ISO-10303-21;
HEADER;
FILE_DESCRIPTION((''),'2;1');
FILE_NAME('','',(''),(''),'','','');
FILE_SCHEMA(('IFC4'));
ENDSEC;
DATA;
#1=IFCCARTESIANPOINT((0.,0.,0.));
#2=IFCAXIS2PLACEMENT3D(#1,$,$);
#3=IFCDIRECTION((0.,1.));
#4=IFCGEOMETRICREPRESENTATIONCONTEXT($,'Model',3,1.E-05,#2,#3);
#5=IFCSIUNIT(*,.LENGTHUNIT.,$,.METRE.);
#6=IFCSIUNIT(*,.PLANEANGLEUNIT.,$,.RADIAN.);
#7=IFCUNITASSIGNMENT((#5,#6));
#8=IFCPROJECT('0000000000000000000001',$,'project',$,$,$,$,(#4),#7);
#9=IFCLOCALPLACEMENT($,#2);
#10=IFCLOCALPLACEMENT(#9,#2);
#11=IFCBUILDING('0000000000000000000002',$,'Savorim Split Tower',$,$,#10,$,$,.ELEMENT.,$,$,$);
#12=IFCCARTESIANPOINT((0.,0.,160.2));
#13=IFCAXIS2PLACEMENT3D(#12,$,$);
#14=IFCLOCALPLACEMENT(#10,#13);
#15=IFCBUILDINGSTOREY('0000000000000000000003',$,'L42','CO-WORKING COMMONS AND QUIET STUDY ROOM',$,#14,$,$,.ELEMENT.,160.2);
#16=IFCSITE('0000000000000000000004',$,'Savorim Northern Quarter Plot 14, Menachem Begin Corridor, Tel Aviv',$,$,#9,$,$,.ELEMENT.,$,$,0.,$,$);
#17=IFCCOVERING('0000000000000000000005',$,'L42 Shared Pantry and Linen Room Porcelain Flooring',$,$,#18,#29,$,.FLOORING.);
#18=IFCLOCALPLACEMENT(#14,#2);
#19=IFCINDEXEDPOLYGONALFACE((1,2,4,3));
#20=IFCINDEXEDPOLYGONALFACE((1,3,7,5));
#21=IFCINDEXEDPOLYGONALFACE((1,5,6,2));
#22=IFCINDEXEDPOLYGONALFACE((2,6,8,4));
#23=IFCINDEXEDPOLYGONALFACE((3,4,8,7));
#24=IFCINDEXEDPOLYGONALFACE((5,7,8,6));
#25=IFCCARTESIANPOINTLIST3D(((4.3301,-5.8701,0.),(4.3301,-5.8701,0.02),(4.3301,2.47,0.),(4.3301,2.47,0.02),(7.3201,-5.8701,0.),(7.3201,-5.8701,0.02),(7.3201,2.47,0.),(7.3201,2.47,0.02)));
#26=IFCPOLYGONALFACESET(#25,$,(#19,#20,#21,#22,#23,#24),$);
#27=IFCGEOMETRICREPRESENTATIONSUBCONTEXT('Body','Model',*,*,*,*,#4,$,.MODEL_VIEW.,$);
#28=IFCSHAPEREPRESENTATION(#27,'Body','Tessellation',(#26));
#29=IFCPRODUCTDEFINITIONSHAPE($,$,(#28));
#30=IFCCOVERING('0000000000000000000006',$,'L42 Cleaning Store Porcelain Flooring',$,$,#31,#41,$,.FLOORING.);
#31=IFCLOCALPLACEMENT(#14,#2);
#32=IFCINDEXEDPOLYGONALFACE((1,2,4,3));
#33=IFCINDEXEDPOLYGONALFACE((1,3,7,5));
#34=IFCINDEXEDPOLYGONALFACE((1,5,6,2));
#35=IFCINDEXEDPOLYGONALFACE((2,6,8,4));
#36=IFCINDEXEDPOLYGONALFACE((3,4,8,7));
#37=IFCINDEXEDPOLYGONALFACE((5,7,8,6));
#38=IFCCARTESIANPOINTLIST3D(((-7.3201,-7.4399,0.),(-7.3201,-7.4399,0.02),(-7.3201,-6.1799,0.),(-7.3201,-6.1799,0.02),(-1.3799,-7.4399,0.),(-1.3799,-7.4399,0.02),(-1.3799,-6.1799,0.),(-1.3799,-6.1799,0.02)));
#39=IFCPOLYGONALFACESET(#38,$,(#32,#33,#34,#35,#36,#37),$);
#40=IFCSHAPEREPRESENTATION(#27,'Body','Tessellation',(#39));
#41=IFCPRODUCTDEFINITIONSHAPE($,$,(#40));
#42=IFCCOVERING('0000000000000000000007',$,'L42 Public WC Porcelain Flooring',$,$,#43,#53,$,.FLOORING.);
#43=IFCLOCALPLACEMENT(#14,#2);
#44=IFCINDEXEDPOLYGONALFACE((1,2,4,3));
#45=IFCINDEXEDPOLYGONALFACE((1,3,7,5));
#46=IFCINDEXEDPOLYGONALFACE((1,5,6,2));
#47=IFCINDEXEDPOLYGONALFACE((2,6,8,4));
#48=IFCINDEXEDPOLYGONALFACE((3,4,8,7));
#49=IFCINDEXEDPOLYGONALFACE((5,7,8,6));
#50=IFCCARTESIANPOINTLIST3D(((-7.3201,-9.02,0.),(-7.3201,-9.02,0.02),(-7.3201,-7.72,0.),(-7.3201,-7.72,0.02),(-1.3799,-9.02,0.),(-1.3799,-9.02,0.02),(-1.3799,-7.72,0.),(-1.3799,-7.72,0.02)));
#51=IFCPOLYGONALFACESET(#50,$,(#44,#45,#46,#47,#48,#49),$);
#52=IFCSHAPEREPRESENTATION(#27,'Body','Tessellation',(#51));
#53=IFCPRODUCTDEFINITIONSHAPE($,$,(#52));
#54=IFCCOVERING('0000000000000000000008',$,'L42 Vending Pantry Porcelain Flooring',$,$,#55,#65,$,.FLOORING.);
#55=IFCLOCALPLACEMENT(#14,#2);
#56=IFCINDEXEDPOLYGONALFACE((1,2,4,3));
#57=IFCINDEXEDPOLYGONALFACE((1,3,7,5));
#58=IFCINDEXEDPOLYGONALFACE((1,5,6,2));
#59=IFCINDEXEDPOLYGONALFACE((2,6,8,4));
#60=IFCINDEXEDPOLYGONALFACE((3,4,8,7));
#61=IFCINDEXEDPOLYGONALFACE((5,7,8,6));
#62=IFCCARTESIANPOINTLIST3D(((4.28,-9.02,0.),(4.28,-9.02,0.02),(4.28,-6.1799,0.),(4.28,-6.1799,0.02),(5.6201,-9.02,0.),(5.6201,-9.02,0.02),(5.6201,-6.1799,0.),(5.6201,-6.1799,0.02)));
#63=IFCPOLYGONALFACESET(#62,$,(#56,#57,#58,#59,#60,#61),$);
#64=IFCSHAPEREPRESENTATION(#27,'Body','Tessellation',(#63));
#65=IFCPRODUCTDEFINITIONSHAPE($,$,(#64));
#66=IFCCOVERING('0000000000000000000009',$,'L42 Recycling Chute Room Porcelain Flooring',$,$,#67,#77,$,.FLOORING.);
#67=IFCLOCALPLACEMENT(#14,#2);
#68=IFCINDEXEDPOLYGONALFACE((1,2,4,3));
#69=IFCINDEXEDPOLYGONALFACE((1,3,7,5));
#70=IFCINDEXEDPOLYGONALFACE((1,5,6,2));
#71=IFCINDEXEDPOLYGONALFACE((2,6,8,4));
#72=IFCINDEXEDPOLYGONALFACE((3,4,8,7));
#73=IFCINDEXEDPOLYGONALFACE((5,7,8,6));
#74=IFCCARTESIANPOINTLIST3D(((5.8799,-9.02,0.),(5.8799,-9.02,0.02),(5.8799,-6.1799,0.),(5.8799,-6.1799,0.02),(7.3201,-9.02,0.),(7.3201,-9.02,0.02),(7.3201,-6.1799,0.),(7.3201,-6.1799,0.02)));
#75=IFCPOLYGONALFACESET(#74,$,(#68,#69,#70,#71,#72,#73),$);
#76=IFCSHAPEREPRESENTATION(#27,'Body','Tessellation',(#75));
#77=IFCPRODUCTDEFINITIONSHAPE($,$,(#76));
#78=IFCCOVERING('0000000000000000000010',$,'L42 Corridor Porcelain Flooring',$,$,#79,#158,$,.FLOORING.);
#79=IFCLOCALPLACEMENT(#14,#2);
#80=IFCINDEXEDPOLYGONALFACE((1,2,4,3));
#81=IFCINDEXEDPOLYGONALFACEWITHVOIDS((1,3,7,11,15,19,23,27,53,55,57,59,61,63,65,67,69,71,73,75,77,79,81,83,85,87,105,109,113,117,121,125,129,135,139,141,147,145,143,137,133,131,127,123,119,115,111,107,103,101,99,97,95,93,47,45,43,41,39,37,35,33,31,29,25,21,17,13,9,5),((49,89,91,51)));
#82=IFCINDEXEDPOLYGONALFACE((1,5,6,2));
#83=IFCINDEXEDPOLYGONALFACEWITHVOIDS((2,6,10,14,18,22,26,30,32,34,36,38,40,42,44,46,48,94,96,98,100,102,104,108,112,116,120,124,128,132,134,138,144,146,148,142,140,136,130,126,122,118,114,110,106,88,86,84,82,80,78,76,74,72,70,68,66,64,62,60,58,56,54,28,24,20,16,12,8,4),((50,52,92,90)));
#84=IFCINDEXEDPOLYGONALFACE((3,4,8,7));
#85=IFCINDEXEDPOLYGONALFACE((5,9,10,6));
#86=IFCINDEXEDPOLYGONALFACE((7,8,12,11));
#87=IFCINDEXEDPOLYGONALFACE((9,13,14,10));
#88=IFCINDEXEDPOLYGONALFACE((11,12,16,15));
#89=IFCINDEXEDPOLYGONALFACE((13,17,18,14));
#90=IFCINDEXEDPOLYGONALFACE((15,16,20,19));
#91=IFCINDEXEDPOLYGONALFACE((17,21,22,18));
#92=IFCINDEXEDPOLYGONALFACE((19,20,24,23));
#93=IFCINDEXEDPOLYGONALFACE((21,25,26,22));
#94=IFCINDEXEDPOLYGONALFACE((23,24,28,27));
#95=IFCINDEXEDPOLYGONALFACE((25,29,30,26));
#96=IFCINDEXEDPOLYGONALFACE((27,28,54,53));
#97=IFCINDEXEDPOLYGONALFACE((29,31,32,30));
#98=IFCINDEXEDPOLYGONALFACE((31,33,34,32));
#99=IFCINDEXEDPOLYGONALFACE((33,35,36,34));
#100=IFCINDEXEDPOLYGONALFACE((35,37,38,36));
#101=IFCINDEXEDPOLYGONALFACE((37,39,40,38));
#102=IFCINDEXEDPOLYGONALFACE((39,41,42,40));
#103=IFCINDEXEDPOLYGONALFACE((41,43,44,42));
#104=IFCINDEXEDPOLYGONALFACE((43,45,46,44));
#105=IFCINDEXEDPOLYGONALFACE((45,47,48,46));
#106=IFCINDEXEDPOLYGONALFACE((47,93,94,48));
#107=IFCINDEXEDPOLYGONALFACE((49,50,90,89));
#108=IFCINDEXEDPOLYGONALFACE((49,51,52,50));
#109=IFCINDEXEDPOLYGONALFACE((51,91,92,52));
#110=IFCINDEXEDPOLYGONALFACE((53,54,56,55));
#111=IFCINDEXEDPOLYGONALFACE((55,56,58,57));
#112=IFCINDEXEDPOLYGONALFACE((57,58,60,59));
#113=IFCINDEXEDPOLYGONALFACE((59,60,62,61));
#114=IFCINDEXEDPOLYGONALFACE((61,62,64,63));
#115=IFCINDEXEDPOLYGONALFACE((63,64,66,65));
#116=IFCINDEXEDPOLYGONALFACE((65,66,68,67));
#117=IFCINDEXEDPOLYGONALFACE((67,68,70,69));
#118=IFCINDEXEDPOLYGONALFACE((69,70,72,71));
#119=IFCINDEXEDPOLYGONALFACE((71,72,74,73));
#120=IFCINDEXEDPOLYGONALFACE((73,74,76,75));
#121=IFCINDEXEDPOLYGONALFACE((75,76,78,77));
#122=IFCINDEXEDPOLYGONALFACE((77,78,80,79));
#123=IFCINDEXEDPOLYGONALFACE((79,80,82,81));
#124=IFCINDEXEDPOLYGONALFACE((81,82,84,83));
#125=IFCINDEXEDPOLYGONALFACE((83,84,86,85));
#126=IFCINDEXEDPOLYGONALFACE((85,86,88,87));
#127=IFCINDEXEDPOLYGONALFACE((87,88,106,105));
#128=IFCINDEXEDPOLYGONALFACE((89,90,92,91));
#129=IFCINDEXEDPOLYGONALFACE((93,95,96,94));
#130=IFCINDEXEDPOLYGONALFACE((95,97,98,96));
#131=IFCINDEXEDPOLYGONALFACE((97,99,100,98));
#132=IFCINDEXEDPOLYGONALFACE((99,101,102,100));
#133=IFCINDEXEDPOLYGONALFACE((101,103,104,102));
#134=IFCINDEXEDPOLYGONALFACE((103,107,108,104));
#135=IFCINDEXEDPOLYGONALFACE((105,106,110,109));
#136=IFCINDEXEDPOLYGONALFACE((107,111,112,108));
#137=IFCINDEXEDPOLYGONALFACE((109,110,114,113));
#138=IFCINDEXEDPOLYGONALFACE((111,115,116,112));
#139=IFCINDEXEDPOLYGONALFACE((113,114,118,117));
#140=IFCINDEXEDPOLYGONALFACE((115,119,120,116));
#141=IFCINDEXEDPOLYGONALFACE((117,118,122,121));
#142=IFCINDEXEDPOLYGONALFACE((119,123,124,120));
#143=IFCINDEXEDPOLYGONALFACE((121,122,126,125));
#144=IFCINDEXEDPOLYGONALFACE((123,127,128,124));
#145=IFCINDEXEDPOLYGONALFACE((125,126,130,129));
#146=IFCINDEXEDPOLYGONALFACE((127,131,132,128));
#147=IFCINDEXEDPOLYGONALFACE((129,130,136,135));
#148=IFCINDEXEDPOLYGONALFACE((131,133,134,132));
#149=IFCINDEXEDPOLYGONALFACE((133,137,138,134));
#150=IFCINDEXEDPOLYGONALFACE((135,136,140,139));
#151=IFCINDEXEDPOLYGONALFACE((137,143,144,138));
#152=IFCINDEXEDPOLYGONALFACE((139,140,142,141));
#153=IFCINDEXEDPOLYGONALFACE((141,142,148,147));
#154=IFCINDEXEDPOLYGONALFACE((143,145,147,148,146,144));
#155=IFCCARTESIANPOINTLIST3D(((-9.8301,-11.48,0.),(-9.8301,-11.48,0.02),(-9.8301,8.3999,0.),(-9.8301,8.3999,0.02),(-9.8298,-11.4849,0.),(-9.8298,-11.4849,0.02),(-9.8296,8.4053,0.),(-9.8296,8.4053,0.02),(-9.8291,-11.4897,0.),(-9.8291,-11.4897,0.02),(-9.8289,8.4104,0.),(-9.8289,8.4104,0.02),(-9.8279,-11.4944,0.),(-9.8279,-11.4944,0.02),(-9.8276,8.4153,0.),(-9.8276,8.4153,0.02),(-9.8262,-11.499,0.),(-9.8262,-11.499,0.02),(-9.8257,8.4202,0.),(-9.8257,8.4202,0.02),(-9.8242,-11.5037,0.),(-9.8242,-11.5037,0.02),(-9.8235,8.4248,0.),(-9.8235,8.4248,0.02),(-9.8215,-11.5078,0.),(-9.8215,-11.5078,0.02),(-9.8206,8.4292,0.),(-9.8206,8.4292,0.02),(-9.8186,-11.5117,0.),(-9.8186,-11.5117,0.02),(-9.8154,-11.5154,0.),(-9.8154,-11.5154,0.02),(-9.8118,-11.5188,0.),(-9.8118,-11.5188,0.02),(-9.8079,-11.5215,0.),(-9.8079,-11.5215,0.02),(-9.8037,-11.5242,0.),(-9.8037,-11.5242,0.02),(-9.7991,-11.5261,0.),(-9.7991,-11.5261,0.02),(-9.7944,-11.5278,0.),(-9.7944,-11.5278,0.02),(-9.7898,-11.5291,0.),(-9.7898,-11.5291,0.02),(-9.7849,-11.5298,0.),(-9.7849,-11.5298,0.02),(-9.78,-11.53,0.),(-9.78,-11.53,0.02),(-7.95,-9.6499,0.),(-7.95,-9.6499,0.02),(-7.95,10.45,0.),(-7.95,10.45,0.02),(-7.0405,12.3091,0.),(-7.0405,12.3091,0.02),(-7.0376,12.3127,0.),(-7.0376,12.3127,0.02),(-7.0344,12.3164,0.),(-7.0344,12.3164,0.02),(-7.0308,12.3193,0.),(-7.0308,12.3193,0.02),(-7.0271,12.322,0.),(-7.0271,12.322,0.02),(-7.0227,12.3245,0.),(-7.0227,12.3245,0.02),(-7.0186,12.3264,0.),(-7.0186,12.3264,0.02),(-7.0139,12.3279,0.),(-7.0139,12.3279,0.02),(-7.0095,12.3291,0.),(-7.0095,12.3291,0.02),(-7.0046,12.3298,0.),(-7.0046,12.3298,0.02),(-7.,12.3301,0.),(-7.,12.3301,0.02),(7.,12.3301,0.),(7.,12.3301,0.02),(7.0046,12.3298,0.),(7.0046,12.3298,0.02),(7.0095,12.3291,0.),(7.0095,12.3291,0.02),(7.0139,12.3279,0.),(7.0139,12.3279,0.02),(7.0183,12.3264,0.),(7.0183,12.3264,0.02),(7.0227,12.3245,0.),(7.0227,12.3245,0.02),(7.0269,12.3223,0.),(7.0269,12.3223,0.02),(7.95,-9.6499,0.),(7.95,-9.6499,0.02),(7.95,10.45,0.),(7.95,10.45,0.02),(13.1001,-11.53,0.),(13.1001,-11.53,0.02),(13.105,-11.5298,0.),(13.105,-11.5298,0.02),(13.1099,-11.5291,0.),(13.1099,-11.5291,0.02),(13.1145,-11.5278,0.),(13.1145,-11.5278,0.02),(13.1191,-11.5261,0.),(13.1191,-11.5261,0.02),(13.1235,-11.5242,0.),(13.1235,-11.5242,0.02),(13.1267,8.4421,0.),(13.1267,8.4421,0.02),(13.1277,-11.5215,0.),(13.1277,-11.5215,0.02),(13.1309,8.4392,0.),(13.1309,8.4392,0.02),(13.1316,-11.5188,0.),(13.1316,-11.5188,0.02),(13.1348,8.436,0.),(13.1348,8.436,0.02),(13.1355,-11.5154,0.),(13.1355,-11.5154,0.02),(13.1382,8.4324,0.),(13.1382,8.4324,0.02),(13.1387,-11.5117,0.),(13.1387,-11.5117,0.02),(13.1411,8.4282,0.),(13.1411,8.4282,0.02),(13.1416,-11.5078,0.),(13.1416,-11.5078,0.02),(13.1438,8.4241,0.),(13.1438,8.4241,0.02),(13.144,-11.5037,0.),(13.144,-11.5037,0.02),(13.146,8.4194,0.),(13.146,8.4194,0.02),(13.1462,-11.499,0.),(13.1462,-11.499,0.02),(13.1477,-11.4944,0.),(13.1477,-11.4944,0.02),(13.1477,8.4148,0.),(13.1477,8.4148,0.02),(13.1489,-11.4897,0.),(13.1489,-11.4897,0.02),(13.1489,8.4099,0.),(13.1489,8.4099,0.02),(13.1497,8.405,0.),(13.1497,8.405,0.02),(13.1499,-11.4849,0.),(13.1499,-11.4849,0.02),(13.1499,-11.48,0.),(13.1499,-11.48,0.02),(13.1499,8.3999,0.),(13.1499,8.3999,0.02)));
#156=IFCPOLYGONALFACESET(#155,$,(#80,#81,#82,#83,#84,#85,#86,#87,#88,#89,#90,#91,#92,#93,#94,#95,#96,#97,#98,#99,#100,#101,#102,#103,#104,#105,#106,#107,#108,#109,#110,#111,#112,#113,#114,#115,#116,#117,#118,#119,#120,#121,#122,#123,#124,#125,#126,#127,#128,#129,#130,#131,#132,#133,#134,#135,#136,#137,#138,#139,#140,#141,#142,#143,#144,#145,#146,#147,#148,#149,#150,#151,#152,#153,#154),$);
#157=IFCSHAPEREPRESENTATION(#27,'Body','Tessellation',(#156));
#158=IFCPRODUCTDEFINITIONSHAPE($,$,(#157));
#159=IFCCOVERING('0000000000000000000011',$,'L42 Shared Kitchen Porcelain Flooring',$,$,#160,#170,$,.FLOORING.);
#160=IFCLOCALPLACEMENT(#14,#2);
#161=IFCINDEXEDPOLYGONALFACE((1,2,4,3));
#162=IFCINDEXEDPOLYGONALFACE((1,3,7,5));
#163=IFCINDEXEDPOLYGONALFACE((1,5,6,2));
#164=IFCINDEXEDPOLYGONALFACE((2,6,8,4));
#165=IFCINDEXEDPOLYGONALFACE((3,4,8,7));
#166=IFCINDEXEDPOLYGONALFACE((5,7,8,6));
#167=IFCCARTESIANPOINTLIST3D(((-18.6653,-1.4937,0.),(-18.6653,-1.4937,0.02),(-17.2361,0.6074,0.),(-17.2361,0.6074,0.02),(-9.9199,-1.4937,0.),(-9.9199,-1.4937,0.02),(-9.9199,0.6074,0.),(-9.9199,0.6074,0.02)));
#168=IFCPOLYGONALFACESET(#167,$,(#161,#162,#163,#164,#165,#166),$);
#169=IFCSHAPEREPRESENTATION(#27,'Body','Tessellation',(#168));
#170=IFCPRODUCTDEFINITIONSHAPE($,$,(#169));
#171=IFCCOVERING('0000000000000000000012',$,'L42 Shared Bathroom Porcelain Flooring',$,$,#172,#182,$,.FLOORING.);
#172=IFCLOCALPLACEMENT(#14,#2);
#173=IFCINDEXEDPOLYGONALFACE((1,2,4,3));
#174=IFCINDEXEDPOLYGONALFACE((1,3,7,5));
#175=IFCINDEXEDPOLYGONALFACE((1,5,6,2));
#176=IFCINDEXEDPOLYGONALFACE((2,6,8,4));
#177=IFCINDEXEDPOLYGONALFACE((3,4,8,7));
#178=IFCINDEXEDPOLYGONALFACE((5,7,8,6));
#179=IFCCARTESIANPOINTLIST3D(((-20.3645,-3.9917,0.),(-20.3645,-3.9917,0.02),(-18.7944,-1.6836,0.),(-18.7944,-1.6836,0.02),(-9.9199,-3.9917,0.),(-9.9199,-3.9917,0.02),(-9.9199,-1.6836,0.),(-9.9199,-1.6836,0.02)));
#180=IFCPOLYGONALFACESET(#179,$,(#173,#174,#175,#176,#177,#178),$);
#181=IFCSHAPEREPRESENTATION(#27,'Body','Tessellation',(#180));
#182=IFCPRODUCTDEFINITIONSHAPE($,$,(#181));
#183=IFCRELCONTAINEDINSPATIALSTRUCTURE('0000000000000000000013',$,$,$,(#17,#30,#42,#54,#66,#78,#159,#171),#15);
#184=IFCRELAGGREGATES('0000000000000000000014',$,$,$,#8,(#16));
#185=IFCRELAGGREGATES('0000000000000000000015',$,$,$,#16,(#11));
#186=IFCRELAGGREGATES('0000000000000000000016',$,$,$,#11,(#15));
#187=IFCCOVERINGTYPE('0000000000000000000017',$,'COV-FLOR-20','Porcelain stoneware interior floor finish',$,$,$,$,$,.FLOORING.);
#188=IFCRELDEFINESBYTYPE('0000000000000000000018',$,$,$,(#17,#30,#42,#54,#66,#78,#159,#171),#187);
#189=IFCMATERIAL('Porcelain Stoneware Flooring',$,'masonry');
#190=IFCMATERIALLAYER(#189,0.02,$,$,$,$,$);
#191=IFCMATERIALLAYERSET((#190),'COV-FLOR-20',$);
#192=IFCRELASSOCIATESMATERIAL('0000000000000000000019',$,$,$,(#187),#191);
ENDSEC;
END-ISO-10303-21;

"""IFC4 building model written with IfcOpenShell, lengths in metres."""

from ifc_helpers import new_model, si_unit, direction, frame, origin, place, context, subcontext, project, spatial, polyline, outline, extrude, material, layer, layer_set, type_object, element, save


model = new_model("IFC4")

# Units and contexts
model_context = context("Model", 3, precision=1e-05, world=origin(), true_north=direction((0.0, 1.0)))
body_context = subcontext(model_context, "Body", "Model", "MODEL_VIEW")
ifc_project = project(units=[si_unit("LENGTHUNIT", "METRE"), si_unit("PLANEANGLEUNIT", "RADIAN")], contexts=[model_context])

# Site, building, storey
site_placement = place(None, origin())
site = spatial("IfcSite", under=ifc_project, at=site_placement, Name="Savorim Northern Quarter Plot 14, Menachem Begin Corridor, Tel Aviv", CompositionType="ELEMENT", RefElevation=0.0)
building_placement = place(site_placement, origin())
building = spatial("IfcBuilding", under=site, at=building_placement, Name="Savorim Split Tower", CompositionType="ELEMENT")
storey_placement = place(building_placement, frame((0.0, 0.0, 160.2)))
storey = spatial("IfcBuildingStorey", under=building, at=storey_placement, Name="L42", Description="CO-WORKING COMMONS AND QUIET STUDY ROOM", CompositionType="ELEMENT", Elevation=160.2)

# Coverings
ifc_material = material(Name="Porcelain Stoneware Flooring", Category="masonry")
ifc_layer = layer(ifc_material, 0.02)
ifc_layer_set = layer_set([ifc_layer], Name="COV-FLOR-20")
covering_type = type_object("IfcCoveringType", Name="COV-FLOR-20", Description="Porcelain stoneware interior floor finish", PredefinedType="FLOORING", material=ifc_layer_set)
covering_1_placement = place(storey_placement, origin())
element("IfcCovering", 1, at=covering_1_placement, inside=storey, type_object=covering_type, Name="L42 Shared Pantry and Linen Room Porcelain Flooring", PredefinedType="FLOORING", context=body_context, shape_type="SweptSolid", body=[
    extrude(outline(polyline([(4.3301, 2.47), (4.3301, -5.8701), (7.3201, -5.8701), (7.3201, 2.47), (4.3301, 2.47)])), origin(), (0.0, 0.0, 1.0), 0.02),
])
covering_2_placement = place(storey_placement, origin())
element("IfcCovering", 2, at=covering_2_placement, inside=storey, type_object=covering_type, Name="L42 Cleaning Store Porcelain Flooring", PredefinedType="FLOORING", context=body_context, shape_type="SweptSolid", body=[
    extrude(outline(polyline([(-7.3201, -6.1799), (-7.3201, -7.4399), (-1.3799, -7.4399), (-1.3799, -6.1799), (-7.3201, -6.1799)])), origin(), (0.0, 0.0, 1.0), 0.02),
])
covering_3_placement = place(storey_placement, origin())
element("IfcCovering", 3, at=covering_3_placement, inside=storey, type_object=covering_type, Name="L42 Public WC Porcelain Flooring", PredefinedType="FLOORING", context=body_context, shape_type="SweptSolid", body=[
    extrude(outline(polyline([(-7.3201, -7.72), (-7.3201, -9.02), (-1.3799, -9.02), (-1.3799, -7.72), (-7.3201, -7.72)])), origin(), (0.0, 0.0, 1.0), 0.02),
])
covering_4_placement = place(storey_placement, origin())
element("IfcCovering", 4, at=covering_4_placement, inside=storey, type_object=covering_type, Name="L42 Vending Pantry Porcelain Flooring", PredefinedType="FLOORING", context=body_context, shape_type="SweptSolid", body=[
    extrude(outline(polyline([(4.28, -6.1799), (4.28, -9.02), (5.6201, -9.02), (5.6201, -6.1799), (4.28, -6.1799)])), origin(), (0.0, 0.0, 1.0), 0.02),
])
covering_5_placement = place(storey_placement, origin())
element("IfcCovering", 5, at=covering_5_placement, inside=storey, type_object=covering_type, Name="L42 Recycling Chute Room Porcelain Flooring", PredefinedType="FLOORING", context=body_context, shape_type="SweptSolid", body=[
    extrude(outline(polyline([(5.8799, -6.1799), (5.8799, -9.02), (7.3201, -9.02), (7.3201, -6.1799), (5.8799, -6.1799)])), origin(), (0.0, 0.0, 1.0), 0.02),
])
covering_6_placement = place(storey_placement, origin())
element("IfcCovering", 6, at=covering_6_placement, inside=storey, type_object=covering_type, Name="L42 Corridor Porcelain Flooring", PredefinedType="FLOORING", context=body_context, shape_type="SweptSolid", body=[
    extrude(outline(polyline([(7.0095, 12.3291), (7.0046, 12.3298), (7.0, 12.3301), (-7.0, 12.3301), (-7.0046, 12.3298), (-7.0095, 12.3291), (-7.0139, 12.3279), (-7.0186, 12.3264), (-7.0227, 12.3245), (-7.0271, 12.322), (-7.0308, 12.3193), (-7.0344, 12.3164), (-7.0376, 12.3127), (-7.0405, 12.3091), (-9.8206, 8.4292), (-9.8235, 8.4248), (-9.8257, 8.4202), (-9.8276, 8.4153), (-9.8289, 8.4104), (-9.8296, 8.4053), (-9.8301, 8.3999), (-9.8301, -11.48), (-9.8298, -11.4849), (-9.8291, -11.4897), (-9.8279, -11.4944), (-9.8262, -11.499), (-9.8242, -11.5037), (-9.8215, -11.5078), (-9.8186, -11.5117), (-9.8154, -11.5154), (-9.8118, -11.5188), (-9.8079, -11.5215), (-9.8037, -11.5242), (-9.7991, -11.5261), (-9.7944, -11.5278), (-9.7898, -11.5291), (-9.7849, -11.5298), (-9.78, -11.53), (13.1001, -11.53), (13.105, -11.5298), (13.1099, -11.5291), (13.1145, -11.5278), (13.1191, -11.5261), (13.1235, -11.5242), (13.1277, -11.5215), (13.1316, -11.5188), (13.1355, -11.5154), (13.1387, -11.5117), (13.1416, -11.5078), (13.144, -11.5037), (13.1462, -11.499), (13.1477, -11.4944), (13.1489, -11.4897), (13.1499, -11.4849), (13.1499, -11.48), (13.1499, 8.3999), (13.1497, 8.405), (13.1489, 8.4099), (13.1477, 8.4148), (13.146, 8.4194), (13.1438, 8.4241), (13.1411, 8.4282), (13.1382, 8.4324), (13.1348, 8.436), (13.1309, 8.4392), (13.1267, 8.4421), (7.0269, 12.3223), (7.0227, 12.3245), (7.0183, 12.3264), (7.0139, 12.3279), (7.0095, 12.3291)]), holes=[polyline([(-7.95, 10.45), (-7.95, -9.6499), (7.95, -9.6499), (7.95, 10.45), (-7.95, 10.45)])]), origin(), (0.0, 0.0, 1.0), 0.02),
])
covering_7_placement = place(storey_placement, origin())
element("IfcCovering", 7, at=covering_7_placement, inside=storey, type_object=covering_type, Name="L42 Shared Kitchen Porcelain Flooring", PredefinedType="FLOORING", context=body_context, shape_type="SweptSolid", body=[
    extrude(outline(polyline([(-17.2361, 0.6074), (-18.6653, -1.4937), (-9.9199, -1.4937), (-9.9199, 0.6074), (-17.2361, 0.6074)])), origin(), (0.0, 0.0, 1.0), 0.02),
])
covering_8_placement = place(storey_placement, origin())
element("IfcCovering", 8, at=covering_8_placement, inside=storey, type_object=covering_type, Name="L42 Shared Bathroom Porcelain Flooring", PredefinedType="FLOORING", context=body_context, shape_type="SweptSolid", body=[
    extrude(outline(polyline([(-18.7944, -1.6836), (-20.3645, -3.9917), (-9.9199, -3.9917), (-9.9199, -1.6836), (-18.7944, -1.6836)])), origin(), (0.0, 0.0, 1.0), 0.02),
])

save(model, "model.ifc")
